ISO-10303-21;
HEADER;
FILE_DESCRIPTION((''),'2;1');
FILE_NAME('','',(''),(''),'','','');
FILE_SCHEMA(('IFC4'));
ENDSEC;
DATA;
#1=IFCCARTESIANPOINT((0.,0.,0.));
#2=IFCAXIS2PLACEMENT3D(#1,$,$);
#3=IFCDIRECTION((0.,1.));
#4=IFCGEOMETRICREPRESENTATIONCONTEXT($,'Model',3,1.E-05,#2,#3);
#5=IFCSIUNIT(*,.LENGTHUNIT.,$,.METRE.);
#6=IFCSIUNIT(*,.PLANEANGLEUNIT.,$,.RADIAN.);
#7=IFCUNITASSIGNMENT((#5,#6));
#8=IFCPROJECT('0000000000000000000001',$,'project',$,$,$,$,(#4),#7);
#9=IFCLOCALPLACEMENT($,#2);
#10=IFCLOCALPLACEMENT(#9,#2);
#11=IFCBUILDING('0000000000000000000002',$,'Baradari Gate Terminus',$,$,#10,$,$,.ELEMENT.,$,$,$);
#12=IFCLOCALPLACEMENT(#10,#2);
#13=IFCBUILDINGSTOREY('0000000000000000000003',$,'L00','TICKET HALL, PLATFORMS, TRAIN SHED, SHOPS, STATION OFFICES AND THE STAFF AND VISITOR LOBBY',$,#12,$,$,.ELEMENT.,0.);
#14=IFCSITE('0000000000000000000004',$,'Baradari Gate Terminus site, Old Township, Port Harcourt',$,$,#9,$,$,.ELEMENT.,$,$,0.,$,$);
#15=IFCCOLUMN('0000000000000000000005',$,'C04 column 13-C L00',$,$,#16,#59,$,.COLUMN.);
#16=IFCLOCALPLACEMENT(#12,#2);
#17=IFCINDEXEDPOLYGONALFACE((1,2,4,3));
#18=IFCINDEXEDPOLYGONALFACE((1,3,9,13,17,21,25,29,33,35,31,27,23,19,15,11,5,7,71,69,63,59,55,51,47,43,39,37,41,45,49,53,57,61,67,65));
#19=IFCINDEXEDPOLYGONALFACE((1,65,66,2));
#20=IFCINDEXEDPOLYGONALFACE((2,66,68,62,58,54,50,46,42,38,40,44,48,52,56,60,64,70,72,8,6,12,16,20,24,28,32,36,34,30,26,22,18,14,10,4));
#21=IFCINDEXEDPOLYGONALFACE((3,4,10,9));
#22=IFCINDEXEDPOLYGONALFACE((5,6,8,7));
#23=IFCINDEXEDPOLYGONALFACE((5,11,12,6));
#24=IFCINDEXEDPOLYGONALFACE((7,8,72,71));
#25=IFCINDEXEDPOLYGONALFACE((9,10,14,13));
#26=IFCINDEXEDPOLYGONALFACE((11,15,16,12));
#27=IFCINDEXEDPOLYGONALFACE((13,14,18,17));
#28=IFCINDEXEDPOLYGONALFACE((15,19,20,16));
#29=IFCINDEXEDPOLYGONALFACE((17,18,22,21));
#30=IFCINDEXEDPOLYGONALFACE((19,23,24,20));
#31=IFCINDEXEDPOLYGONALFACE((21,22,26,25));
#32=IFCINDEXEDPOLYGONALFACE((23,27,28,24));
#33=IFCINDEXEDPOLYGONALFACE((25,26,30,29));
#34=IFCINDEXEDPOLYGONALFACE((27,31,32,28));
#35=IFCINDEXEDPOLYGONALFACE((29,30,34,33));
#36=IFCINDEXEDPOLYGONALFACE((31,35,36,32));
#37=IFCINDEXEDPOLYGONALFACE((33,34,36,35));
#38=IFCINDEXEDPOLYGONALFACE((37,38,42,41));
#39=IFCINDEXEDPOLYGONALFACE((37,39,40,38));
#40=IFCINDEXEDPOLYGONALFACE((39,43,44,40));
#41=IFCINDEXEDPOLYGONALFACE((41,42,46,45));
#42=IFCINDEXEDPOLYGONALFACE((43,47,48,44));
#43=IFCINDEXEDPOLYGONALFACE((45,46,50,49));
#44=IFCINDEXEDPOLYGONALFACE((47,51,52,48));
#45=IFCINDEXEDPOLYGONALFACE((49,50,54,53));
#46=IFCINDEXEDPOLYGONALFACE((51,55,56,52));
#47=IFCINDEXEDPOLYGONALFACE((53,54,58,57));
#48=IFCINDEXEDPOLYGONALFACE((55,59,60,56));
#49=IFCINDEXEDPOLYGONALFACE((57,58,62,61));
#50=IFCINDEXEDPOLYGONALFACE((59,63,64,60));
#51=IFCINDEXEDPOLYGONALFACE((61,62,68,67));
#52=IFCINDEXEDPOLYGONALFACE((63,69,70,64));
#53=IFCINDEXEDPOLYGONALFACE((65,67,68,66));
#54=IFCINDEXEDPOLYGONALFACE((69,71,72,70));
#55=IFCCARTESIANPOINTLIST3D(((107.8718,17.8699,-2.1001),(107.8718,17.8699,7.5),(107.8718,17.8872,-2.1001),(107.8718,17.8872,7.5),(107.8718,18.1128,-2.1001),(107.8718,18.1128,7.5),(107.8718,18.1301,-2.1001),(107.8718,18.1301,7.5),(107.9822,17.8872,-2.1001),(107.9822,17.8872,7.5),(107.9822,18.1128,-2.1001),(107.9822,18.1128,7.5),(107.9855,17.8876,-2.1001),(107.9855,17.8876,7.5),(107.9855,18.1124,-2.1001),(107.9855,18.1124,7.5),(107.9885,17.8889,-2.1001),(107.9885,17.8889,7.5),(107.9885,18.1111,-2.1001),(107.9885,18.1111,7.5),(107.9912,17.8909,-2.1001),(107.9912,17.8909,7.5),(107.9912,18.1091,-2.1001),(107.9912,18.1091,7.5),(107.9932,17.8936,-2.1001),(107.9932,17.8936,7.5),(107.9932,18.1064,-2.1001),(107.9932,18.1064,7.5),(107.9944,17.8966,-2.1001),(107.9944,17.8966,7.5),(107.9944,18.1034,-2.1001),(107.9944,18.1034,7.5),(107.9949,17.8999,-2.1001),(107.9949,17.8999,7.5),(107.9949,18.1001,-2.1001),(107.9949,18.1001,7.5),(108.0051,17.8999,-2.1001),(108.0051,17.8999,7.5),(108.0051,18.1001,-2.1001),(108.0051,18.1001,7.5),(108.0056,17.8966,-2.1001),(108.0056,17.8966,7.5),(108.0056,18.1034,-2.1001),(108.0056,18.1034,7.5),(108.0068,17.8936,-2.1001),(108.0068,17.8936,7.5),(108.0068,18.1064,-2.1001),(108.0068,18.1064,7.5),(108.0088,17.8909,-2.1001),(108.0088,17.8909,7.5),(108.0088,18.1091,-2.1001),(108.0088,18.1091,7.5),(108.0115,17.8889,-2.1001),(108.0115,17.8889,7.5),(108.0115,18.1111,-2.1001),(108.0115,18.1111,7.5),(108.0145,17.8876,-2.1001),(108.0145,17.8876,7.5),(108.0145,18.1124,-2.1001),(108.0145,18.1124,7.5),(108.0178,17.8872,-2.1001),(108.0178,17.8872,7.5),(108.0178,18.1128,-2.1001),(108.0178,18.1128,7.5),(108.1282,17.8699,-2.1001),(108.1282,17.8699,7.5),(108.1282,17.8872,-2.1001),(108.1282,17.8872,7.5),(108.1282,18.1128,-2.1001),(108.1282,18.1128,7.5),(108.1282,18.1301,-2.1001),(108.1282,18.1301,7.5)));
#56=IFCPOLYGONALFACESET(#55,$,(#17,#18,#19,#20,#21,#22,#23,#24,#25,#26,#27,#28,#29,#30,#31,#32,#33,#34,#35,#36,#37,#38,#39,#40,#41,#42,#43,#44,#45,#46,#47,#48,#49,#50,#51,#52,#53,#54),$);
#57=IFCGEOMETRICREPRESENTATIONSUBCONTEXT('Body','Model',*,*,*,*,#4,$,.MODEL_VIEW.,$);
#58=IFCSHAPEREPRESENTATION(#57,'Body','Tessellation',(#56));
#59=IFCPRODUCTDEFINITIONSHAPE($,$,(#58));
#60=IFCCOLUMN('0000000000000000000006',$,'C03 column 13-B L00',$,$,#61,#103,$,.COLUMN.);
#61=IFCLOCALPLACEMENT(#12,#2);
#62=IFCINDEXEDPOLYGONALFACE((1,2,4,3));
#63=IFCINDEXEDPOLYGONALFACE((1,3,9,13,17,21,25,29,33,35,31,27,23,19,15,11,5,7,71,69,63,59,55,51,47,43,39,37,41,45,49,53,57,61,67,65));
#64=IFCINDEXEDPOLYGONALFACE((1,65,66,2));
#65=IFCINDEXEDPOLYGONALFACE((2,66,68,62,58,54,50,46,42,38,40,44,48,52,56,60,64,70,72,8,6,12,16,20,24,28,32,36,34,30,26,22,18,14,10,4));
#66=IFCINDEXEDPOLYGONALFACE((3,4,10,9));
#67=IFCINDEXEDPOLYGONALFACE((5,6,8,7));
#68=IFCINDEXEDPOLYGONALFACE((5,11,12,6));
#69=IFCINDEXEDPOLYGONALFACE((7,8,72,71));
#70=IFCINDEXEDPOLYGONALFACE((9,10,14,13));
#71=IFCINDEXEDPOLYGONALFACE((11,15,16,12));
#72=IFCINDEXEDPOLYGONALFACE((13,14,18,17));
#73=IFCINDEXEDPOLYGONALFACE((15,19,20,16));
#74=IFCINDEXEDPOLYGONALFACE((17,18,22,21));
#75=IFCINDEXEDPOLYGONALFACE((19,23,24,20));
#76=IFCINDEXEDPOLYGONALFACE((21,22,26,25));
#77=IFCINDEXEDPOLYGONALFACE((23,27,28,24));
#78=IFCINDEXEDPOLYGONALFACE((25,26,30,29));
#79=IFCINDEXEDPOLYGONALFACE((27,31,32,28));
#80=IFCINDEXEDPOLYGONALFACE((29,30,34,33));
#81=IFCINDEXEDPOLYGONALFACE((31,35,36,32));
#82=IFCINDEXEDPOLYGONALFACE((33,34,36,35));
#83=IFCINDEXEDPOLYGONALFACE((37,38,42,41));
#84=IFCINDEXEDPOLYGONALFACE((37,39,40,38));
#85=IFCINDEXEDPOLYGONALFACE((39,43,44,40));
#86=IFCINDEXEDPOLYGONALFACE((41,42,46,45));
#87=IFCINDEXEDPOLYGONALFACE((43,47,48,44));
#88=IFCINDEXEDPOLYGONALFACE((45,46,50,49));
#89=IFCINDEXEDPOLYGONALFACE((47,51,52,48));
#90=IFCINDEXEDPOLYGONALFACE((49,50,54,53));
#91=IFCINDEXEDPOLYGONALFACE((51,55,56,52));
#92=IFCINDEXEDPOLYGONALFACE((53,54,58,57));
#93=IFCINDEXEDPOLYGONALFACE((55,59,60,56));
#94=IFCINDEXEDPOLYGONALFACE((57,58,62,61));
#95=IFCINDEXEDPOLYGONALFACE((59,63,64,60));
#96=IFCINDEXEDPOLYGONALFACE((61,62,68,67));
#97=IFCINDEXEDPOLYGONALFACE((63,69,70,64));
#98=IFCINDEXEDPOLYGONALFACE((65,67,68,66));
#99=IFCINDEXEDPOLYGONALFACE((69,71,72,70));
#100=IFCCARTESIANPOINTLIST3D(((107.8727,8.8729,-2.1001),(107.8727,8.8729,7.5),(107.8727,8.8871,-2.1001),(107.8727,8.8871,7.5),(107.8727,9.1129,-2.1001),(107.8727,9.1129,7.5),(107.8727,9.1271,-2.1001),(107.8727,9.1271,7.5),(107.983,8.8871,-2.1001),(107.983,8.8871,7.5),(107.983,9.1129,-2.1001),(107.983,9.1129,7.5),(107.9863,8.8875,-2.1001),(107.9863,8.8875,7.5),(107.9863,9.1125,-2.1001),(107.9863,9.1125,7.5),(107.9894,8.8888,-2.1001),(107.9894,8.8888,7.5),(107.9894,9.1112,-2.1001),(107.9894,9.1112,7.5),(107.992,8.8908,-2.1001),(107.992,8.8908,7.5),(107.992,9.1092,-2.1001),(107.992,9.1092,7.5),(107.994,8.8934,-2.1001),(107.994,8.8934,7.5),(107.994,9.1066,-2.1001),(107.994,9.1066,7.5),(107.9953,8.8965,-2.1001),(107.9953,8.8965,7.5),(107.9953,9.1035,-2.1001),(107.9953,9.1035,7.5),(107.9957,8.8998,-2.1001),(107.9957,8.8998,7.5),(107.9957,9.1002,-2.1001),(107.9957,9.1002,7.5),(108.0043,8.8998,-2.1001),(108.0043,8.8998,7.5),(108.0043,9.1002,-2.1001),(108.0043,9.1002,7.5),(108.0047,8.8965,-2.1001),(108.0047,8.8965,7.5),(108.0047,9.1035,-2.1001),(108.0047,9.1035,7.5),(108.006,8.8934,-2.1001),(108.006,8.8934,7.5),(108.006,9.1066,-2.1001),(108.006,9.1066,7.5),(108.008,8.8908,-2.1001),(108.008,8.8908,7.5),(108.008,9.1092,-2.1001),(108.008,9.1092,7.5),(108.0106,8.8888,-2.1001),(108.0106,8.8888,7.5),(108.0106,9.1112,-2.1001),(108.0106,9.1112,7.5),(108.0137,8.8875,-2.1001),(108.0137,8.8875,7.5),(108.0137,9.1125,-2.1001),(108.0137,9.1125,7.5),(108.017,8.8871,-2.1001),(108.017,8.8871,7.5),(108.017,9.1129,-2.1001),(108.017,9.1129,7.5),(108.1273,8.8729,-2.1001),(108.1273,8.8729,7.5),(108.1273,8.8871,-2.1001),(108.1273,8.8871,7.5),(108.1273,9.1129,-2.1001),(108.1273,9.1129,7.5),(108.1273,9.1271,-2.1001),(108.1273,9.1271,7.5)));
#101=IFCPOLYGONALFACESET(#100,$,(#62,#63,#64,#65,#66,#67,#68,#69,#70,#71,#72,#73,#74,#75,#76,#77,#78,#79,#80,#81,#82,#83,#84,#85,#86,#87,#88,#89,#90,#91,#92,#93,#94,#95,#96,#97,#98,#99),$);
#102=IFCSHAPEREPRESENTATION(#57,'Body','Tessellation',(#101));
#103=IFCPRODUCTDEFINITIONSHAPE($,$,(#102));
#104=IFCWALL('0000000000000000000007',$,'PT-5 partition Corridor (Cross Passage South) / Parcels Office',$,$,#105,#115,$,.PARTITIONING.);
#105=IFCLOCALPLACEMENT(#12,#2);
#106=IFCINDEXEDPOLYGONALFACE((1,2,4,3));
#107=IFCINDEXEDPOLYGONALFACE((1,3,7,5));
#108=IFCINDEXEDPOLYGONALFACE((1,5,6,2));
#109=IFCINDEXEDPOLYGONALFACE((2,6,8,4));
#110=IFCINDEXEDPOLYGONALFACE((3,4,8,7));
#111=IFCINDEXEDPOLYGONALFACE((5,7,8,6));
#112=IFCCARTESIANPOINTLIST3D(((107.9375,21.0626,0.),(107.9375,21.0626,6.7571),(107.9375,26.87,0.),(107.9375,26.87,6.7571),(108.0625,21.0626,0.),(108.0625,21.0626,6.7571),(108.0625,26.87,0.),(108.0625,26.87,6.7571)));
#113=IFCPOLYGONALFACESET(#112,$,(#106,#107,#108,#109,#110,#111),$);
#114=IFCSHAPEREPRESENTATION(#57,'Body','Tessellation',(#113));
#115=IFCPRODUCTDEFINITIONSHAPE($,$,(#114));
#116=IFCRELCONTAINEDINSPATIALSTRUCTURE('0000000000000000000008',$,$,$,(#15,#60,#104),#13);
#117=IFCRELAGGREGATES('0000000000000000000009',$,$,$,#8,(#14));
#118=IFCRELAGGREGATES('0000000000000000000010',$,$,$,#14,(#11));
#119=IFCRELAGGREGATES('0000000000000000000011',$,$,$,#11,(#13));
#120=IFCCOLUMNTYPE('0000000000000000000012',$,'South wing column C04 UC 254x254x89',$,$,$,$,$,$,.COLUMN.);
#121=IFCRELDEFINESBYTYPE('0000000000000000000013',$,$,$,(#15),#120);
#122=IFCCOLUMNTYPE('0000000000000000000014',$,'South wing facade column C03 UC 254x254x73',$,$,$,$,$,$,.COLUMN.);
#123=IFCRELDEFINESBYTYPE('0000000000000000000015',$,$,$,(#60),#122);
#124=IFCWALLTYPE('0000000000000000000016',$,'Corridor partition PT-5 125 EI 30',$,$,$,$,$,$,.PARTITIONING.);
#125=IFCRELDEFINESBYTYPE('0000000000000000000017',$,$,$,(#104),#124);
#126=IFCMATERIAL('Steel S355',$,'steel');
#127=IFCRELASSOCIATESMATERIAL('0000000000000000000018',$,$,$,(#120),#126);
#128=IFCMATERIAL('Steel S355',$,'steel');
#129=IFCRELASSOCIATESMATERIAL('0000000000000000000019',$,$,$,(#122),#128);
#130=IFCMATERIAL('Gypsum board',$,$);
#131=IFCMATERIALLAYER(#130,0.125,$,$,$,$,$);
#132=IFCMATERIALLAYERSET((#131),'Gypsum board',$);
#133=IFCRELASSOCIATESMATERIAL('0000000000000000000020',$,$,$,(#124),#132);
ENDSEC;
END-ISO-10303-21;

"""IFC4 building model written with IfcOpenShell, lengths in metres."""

from ifc_helpers import new_model, si_unit, direction, frame, frame_2d, origin, origin_2d, place, context, subcontext, project, spatial, rectangle, i_section, extrude, material, layer, layer_set, material_profile, profile_set, type_object, element, save


model = new_model("IFC4")

# Units and contexts
model_context = context("Model", 3, precision=1e-05, world=origin(), true_north=direction((0.0, 1.0)))
body_context = subcontext(model_context, "Body", "Model", "MODEL_VIEW")
ifc_project = project(units=[si_unit("LENGTHUNIT", "METRE"), si_unit("PLANEANGLEUNIT", "RADIAN")], contexts=[model_context])

# Site, building, storey
site_placement = place(None, origin())
site = spatial("IfcSite", under=ifc_project, at=site_placement, Name="Baradari Gate Terminus site, Old Township, Port Harcourt", CompositionType="ELEMENT", RefElevation=0.0)
building_placement = place(site_placement, origin())
building = spatial("IfcBuilding", under=site, at=building_placement, Name="Baradari Gate Terminus", CompositionType="ELEMENT")
storey_placement = place(building_placement, origin())
storey = spatial("IfcBuildingStorey", under=building, at=storey_placement, Name="L00", Description="TICKET HALL, PLATFORMS, TRAIN SHED, SHOPS, STATION OFFICES AND THE STAFF AND VISITOR LOBBY", CompositionType="ELEMENT", Elevation=0.0)

# Columns
ifc_material_1 = material(Name="Steel S355", Category="steel")
ifc_material_profile_1 = material_profile(ifc_material_1, i_section(OverallWidth=0.2563, OverallDepth=0.2603, WebThickness=0.0103, FlangeThickness=0.0173, FilletRadius=0.0127, at=origin_2d()), Name="UC 254x254x89")
ifc_profile_set_1 = profile_set([ifc_material_profile_1], Name="Steel S355")
column_type_1 = type_object("IfcColumnType", Name="South wing column C04 UC 254x254x89", PredefinedType="COLUMN", material=ifc_profile_set_1)
column_1_placement = place(storey_placement, frame((108.0, 18.0, -2.1001), z_axis=(0.0, 0.0, 1.0), x_axis=(1.0, 0.0, 0.0)))
element("IfcColumn", 1, at=column_1_placement, inside=storey, type_object=column_type_1, Name="C04 column 13-C L00", PredefinedType="COLUMN", context=body_context, shape_type="SweptSolid", body=[
    extrude(i_section(OverallWidth=0.2563, OverallDepth=0.2603, WebThickness=0.0103, FlangeThickness=0.0173, FilletRadius=0.0127, at=origin_2d()), origin(), (0.0, 0.0, 1.0), 9.6001),
])
ifc_material_2 = material(Name="Steel S355", Category="steel")
ifc_material_profile_2 = material_profile(ifc_material_2, i_section(OverallWidth=0.2546, OverallDepth=0.2542, WebThickness=0.0085, FlangeThickness=0.0142, FilletRadius=0.0127, at=origin_2d()), Name="UC 254x254x73")
ifc_profile_set_2 = profile_set([ifc_material_profile_2], Name="Steel S355")
column_type_2 = type_object("IfcColumnType", Name="South wing facade column C03 UC 254x254x73", PredefinedType="COLUMN", material=ifc_profile_set_2)
column_2_placement = place(storey_placement, frame((108.0, 9.0, -2.1001), z_axis=(0.0, 0.0, 1.0), x_axis=(1.0, 0.0, 0.0)))
element("IfcColumn", 2, at=column_2_placement, inside=storey, type_object=column_type_2, Name="C03 column 13-B L00", PredefinedType="COLUMN", context=body_context, shape_type="SweptSolid", body=[
    extrude(i_section(OverallWidth=0.2546, OverallDepth=0.2542, WebThickness=0.0085, FlangeThickness=0.0142, FilletRadius=0.0127, at=origin_2d()), origin(), (0.0, 0.0, 1.0), 9.6001),
])

# Wall
ifc_material_3 = material(Name="Gypsum board")
ifc_layer_1 = layer(ifc_material_3, 0.125)
ifc_layer_set_1 = layer_set([ifc_layer_1], Name="Gypsum board")
wall_type_1 = type_object("IfcWallType", Name="Corridor partition PT-5 125 EI 30", PredefinedType="PARTITIONING", material=ifc_layer_set_1)
wall_1_placement = place(storey_placement, frame((108.0, 21.0625, 0.0), z_axis=(0.0, 0.0, 1.0), x_axis=(0.0, 1.0, 0.0)))
element("IfcWall", 3, at=wall_1_placement, inside=storey, type_object=wall_type_1, Name="PT-5 partition Corridor (Cross Passage South) / Parcels Office", PredefinedType="PARTITIONING", context=body_context, shape_type="SweptSolid", body=[
    extrude(rectangle(XDim=5.8074, YDim=0.125, at=frame_2d((2.9038, 0.0))), origin(), (0.0, 0.0, 1.0), 6.7571),
])

save(model, "model.ifc")
